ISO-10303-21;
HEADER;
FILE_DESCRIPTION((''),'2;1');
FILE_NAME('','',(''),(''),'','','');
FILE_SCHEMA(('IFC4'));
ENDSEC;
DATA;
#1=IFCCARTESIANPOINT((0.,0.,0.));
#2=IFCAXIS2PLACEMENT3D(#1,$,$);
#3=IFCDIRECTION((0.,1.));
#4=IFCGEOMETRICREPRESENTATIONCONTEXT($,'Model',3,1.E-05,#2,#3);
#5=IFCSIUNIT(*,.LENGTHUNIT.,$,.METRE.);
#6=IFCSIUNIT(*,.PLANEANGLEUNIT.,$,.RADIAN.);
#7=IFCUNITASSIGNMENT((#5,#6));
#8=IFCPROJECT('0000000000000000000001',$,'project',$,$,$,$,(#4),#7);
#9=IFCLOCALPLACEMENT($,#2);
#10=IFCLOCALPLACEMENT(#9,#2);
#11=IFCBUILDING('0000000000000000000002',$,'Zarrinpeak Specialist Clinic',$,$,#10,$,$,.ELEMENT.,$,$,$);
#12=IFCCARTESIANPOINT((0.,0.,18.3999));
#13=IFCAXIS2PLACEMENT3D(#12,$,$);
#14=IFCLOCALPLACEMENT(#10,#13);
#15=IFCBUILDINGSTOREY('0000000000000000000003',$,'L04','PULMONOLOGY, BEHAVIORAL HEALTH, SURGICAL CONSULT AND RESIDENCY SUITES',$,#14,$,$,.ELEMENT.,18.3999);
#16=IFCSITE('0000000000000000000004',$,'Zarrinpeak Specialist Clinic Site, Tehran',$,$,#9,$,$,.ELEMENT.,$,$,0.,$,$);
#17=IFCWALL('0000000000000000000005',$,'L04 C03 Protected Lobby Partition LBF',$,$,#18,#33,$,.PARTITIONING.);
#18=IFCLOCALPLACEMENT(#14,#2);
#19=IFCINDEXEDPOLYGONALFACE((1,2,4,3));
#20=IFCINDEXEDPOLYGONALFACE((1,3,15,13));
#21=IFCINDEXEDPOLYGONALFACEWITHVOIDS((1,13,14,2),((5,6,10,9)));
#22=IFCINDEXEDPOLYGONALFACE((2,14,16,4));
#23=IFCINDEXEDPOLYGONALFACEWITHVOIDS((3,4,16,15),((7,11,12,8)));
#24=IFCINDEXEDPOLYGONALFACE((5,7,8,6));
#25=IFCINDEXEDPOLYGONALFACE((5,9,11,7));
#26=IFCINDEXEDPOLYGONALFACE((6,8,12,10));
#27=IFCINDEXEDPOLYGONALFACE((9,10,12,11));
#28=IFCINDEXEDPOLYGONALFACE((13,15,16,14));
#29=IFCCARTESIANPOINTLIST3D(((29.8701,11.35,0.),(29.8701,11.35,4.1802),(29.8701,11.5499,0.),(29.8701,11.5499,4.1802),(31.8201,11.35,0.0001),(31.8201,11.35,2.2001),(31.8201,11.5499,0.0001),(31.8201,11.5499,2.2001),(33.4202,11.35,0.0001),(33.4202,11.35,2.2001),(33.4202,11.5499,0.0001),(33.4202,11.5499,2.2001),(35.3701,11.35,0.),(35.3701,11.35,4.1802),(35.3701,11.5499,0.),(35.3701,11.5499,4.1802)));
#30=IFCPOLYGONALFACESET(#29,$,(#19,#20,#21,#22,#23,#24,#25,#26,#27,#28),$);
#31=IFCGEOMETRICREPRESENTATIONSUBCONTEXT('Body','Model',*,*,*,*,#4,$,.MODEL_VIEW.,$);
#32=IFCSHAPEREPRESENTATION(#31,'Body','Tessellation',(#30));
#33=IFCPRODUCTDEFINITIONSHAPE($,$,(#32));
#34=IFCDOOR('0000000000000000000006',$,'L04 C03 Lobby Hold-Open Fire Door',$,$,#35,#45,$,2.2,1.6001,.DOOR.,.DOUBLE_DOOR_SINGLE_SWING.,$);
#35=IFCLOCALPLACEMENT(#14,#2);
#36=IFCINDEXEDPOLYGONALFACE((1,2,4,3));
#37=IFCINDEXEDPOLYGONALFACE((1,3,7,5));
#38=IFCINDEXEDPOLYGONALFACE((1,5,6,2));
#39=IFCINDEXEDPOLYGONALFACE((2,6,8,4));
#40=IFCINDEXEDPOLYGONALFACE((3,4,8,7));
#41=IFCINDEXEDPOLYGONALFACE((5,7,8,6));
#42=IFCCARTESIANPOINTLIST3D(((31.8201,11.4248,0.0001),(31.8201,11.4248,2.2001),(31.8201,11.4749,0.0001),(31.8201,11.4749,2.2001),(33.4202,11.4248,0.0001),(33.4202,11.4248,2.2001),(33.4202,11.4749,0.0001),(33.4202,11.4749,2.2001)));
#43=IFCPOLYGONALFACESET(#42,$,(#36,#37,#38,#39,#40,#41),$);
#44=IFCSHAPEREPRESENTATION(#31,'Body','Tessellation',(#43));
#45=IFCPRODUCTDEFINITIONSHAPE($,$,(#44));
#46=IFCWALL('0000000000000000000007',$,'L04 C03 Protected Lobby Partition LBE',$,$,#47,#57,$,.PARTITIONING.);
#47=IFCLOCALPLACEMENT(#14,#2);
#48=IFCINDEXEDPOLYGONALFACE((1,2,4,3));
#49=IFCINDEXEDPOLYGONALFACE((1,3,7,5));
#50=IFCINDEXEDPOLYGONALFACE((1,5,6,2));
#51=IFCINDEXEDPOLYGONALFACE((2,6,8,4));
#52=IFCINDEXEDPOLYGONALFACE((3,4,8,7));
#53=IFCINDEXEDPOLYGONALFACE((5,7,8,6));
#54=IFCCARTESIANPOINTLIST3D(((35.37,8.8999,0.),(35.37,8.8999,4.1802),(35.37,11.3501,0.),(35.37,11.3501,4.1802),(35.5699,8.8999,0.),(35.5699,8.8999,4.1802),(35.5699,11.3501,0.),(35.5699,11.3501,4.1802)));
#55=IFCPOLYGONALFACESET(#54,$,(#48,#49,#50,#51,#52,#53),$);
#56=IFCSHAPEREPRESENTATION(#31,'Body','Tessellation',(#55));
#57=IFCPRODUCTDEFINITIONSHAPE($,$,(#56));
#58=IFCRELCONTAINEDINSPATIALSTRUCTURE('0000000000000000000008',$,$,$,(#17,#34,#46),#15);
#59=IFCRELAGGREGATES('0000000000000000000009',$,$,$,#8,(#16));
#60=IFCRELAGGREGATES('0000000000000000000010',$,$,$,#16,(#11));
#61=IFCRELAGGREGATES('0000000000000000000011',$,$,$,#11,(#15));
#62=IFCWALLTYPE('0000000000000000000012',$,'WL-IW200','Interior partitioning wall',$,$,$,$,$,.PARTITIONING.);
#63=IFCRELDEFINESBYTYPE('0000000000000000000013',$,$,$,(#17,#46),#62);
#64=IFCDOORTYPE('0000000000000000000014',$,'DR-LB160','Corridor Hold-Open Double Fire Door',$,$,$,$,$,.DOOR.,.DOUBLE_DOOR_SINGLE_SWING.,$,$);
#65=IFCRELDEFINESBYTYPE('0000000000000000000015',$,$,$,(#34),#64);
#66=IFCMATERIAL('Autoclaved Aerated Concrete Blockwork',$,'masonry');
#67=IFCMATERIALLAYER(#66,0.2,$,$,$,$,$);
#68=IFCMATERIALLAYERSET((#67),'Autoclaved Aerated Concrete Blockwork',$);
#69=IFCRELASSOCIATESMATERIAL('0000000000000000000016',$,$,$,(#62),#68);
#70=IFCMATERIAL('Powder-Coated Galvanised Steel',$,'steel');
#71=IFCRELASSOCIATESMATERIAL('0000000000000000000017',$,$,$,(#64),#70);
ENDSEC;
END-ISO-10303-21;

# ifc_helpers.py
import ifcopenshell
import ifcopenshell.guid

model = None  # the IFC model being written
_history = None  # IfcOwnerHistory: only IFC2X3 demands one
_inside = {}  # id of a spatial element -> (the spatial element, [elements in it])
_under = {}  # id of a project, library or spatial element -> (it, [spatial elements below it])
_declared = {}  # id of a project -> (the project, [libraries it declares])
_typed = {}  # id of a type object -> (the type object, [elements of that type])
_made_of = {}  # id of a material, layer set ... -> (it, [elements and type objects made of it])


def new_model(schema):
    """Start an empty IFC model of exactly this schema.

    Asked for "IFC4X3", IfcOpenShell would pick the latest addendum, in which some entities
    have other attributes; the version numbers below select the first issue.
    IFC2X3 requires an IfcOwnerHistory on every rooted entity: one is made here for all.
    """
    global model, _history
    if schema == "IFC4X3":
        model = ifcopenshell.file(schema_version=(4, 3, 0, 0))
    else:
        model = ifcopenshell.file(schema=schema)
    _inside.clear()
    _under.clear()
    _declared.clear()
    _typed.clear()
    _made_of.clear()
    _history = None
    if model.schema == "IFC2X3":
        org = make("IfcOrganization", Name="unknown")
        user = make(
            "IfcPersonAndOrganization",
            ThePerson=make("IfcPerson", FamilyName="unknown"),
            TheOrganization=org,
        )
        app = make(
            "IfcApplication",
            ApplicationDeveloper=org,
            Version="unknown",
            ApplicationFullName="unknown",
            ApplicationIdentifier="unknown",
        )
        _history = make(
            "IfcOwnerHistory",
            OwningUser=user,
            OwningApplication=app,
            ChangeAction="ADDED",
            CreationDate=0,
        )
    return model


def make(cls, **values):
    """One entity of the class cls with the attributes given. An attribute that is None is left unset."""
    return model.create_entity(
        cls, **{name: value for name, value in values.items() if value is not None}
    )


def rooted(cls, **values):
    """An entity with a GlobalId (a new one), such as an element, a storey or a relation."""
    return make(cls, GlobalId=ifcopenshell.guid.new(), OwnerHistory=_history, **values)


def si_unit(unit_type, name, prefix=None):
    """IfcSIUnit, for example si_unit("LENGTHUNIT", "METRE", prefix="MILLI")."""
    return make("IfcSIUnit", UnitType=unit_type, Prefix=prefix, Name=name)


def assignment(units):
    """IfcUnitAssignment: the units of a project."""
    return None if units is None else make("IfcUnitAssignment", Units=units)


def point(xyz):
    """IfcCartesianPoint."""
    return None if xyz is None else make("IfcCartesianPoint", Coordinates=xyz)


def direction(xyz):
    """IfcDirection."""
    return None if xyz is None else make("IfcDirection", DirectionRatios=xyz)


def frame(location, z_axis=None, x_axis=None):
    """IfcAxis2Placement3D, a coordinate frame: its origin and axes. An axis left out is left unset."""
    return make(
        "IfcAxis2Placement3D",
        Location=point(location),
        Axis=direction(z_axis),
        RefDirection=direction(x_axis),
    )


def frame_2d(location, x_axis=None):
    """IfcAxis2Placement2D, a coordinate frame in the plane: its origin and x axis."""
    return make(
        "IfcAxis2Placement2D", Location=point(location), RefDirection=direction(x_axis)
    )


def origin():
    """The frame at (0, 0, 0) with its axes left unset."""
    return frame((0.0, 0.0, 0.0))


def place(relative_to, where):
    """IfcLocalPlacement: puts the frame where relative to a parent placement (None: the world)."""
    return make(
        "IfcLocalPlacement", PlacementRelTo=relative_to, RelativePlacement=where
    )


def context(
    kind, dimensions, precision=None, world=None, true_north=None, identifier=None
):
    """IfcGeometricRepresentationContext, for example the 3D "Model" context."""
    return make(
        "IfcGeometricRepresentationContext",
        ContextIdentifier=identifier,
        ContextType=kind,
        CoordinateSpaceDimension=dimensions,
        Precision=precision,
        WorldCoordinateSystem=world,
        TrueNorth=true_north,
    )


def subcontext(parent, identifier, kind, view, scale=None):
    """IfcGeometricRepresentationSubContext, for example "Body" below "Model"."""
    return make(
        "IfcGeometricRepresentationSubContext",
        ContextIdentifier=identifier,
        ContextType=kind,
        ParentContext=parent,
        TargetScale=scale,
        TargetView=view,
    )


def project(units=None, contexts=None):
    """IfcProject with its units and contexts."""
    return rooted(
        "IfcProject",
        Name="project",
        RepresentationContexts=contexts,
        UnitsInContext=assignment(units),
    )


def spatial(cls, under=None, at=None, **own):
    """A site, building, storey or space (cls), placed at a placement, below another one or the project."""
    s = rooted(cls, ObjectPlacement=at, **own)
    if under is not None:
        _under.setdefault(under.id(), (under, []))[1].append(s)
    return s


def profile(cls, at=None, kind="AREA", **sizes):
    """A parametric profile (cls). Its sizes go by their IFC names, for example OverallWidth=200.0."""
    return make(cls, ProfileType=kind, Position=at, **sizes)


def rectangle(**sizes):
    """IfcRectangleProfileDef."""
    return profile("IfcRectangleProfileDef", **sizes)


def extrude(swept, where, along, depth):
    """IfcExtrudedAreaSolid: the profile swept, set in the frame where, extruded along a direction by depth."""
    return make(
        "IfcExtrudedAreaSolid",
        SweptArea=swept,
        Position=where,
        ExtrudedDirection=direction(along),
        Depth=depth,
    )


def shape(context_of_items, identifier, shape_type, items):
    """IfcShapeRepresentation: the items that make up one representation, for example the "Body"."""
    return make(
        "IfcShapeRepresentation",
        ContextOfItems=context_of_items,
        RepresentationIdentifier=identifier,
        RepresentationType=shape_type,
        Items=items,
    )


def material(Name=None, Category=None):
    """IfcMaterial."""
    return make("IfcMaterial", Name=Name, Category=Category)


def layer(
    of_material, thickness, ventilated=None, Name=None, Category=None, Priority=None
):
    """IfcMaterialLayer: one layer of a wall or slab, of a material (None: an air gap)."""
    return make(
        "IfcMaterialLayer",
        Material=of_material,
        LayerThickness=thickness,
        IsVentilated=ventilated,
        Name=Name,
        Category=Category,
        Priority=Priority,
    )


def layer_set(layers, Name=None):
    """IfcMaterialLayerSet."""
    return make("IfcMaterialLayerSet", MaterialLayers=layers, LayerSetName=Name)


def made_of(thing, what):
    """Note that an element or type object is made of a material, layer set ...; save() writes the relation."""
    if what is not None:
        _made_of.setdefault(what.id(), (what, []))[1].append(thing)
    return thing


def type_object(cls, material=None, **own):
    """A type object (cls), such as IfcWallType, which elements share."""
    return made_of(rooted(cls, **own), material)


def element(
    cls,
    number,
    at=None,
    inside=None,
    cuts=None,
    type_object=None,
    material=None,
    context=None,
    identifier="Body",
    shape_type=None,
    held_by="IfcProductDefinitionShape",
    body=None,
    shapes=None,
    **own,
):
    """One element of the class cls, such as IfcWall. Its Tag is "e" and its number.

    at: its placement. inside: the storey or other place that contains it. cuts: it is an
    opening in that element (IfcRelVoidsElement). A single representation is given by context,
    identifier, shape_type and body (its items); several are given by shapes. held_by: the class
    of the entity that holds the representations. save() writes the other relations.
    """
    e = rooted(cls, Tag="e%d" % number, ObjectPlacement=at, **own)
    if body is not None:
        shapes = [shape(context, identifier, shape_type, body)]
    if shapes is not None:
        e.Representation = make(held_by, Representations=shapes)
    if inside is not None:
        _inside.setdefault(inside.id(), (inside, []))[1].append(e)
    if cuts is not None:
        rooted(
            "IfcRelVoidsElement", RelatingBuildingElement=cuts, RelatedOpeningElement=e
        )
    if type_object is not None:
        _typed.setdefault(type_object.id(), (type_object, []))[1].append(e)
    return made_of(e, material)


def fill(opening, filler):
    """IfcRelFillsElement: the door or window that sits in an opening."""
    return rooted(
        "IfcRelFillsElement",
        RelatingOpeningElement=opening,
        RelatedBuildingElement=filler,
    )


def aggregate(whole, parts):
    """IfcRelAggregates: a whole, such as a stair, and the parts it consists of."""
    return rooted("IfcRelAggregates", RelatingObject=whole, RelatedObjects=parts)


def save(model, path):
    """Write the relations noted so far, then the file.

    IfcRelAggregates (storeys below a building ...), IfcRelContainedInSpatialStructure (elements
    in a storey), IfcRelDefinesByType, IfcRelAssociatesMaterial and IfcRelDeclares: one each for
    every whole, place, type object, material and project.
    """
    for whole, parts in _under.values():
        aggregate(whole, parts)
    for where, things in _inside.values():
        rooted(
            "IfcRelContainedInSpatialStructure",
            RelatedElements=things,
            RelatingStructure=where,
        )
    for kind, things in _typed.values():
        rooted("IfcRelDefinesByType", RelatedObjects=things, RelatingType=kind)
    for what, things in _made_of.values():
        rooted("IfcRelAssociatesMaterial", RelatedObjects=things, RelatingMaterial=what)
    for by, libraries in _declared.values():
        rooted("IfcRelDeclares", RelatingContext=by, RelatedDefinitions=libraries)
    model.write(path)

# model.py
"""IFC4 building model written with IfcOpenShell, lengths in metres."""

from ifc_helpers import new_model, si_unit, direction, frame, frame_2d, origin, place, context, subcontext, project, spatial, rectangle, extrude, material, layer, layer_set, type_object, element, fill, save


model = new_model("IFC4")

# Units and contexts
model_context = context("Model", 3, precision=1e-05, world=origin(), true_north=direction((0.0, 1.0)))
body_context = subcontext(model_context, "Body", "Model", "MODEL_VIEW")
ifc_project = project(units=[si_unit("LENGTHUNIT", "METRE"), si_unit("PLANEANGLEUNIT", "RADIAN")], contexts=[model_context])

# Site, building, storey
site_placement = place(None, origin())
site = spatial("IfcSite", under=ifc_project, at=site_placement, Name="Zarrinpeak Specialist Clinic Site, Tehran", CompositionType="ELEMENT", RefElevation=0.0)
building_placement = place(site_placement, origin())
building = spatial("IfcBuilding", under=site, at=building_placement, Name="Zarrinpeak Specialist Clinic", CompositionType="ELEMENT")
storey_placement = place(building_placement, frame((0.0, 0.0, 18.3999)))
storey = spatial("IfcBuildingStorey", under=building, at=storey_placement, Name="L04", Description="PULMONOLOGY, BEHAVIORAL HEALTH, SURGICAL CONSULT AND RESIDENCY SUITES", CompositionType="ELEMENT", Elevation=18.3999)

# Shared definitions
ifc_material_1 = material(Name="Powder-Coated Galvanised Steel", Category="steel")

# Wall, opening, door
ifc_material_2 = material(Name="Autoclaved Aerated Concrete Blockwork", Category="masonry")
ifc_layer_1 = layer(ifc_material_2, 0.2)
ifc_layer_set_1 = layer_set([ifc_layer_1], Name="Autoclaved Aerated Concrete Blockwork")
wall_type_1 = type_object("IfcWallType", Name="WL-IW200", Description="Interior partitioning wall", PredefinedType="PARTITIONING", material=ifc_layer_set_1)
wall_1_placement = place(storey_placement, frame((29.8701, 11.45, 0.0), z_axis=(0.0, 0.0, 1.0), x_axis=(1.0, 0.0, 0.0)))
wall_1 = element("IfcWall", 1, at=wall_1_placement, inside=storey, type_object=wall_type_1, Name="L04 C03 Protected Lobby Partition LBF", PredefinedType="PARTITIONING", context=body_context, shape_type="SweptSolid", body=[
    extrude(rectangle(XDim=5.5, YDim=0.2, at=frame_2d((2.75, 0.0))), origin(), (0.0, 0.0, 1.0), 4.1802),
])
opening_1_placement = place(wall_1_placement, frame((1.95, 0.0, 0.0)))
opening_1 = element("IfcOpeningElement", 2, at=opening_1_placement, cuts=wall_1, PredefinedType="OPENING", context=body_context, shape_type="SweptSolid", body=[
    extrude(rectangle(XDim=1.6001, YDim=2.2, at=frame_2d((0.8, 1.1001))), frame((0.0, 0.1099, 0.0), z_axis=(0.0, -1.0, 0.0), x_axis=(1.0, 0.0, 0.0)), (0.0, 0.0, 1.0), 0.22),
])
door_type_1 = type_object("IfcDoorType", Name="DR-LB160", Description="Corridor Hold-Open Double Fire Door", OperationType="DOUBLE_DOOR_SINGLE_SWING", PredefinedType="DOOR", material=ifc_material_1)
door_1_placement = place(opening_1_placement, origin())
door_1 = element("IfcDoor", 3, at=door_1_placement, inside=storey, type_object=door_type_1, Name="L04 C03 Lobby Hold-Open Fire Door", OperationType="DOUBLE_DOOR_SINGLE_SWING", OverallHeight=2.2, OverallWidth=1.6001, PredefinedType="DOOR", context=body_context, shape_type="SweptSolid", body=[
    extrude(rectangle(XDim=1.6001, YDim=2.2, at=frame_2d((0.8, 1.1001))), frame((0.0, 0.0249, 0.0), z_axis=(0.0, -1.0, 0.0), x_axis=(1.0, 0.0, 0.0)), (0.0, 0.0, 1.0), 0.05),
])
fill(opening_1, door_1)

# Wall
wall_2_placement = place(storey_placement, frame((35.47, 8.8999, 0.0), z_axis=(0.0, 0.0, 1.0), x_axis=(0.0, 1.0, 0.0)))
element("IfcWall", 4, at=wall_2_placement, inside=storey, type_object=wall_type_1, Name="L04 C03 Protected Lobby Partition LBE", PredefinedType="PARTITIONING", context=body_context, shape_type="SweptSolid", body=[
    extrude(rectangle(XDim=2.4502, YDim=0.2, at=frame_2d((1.2251, 0.0))), origin(), (0.0, 0.0, 1.0), 4.1802),
])

save(model, "model.ifc")
